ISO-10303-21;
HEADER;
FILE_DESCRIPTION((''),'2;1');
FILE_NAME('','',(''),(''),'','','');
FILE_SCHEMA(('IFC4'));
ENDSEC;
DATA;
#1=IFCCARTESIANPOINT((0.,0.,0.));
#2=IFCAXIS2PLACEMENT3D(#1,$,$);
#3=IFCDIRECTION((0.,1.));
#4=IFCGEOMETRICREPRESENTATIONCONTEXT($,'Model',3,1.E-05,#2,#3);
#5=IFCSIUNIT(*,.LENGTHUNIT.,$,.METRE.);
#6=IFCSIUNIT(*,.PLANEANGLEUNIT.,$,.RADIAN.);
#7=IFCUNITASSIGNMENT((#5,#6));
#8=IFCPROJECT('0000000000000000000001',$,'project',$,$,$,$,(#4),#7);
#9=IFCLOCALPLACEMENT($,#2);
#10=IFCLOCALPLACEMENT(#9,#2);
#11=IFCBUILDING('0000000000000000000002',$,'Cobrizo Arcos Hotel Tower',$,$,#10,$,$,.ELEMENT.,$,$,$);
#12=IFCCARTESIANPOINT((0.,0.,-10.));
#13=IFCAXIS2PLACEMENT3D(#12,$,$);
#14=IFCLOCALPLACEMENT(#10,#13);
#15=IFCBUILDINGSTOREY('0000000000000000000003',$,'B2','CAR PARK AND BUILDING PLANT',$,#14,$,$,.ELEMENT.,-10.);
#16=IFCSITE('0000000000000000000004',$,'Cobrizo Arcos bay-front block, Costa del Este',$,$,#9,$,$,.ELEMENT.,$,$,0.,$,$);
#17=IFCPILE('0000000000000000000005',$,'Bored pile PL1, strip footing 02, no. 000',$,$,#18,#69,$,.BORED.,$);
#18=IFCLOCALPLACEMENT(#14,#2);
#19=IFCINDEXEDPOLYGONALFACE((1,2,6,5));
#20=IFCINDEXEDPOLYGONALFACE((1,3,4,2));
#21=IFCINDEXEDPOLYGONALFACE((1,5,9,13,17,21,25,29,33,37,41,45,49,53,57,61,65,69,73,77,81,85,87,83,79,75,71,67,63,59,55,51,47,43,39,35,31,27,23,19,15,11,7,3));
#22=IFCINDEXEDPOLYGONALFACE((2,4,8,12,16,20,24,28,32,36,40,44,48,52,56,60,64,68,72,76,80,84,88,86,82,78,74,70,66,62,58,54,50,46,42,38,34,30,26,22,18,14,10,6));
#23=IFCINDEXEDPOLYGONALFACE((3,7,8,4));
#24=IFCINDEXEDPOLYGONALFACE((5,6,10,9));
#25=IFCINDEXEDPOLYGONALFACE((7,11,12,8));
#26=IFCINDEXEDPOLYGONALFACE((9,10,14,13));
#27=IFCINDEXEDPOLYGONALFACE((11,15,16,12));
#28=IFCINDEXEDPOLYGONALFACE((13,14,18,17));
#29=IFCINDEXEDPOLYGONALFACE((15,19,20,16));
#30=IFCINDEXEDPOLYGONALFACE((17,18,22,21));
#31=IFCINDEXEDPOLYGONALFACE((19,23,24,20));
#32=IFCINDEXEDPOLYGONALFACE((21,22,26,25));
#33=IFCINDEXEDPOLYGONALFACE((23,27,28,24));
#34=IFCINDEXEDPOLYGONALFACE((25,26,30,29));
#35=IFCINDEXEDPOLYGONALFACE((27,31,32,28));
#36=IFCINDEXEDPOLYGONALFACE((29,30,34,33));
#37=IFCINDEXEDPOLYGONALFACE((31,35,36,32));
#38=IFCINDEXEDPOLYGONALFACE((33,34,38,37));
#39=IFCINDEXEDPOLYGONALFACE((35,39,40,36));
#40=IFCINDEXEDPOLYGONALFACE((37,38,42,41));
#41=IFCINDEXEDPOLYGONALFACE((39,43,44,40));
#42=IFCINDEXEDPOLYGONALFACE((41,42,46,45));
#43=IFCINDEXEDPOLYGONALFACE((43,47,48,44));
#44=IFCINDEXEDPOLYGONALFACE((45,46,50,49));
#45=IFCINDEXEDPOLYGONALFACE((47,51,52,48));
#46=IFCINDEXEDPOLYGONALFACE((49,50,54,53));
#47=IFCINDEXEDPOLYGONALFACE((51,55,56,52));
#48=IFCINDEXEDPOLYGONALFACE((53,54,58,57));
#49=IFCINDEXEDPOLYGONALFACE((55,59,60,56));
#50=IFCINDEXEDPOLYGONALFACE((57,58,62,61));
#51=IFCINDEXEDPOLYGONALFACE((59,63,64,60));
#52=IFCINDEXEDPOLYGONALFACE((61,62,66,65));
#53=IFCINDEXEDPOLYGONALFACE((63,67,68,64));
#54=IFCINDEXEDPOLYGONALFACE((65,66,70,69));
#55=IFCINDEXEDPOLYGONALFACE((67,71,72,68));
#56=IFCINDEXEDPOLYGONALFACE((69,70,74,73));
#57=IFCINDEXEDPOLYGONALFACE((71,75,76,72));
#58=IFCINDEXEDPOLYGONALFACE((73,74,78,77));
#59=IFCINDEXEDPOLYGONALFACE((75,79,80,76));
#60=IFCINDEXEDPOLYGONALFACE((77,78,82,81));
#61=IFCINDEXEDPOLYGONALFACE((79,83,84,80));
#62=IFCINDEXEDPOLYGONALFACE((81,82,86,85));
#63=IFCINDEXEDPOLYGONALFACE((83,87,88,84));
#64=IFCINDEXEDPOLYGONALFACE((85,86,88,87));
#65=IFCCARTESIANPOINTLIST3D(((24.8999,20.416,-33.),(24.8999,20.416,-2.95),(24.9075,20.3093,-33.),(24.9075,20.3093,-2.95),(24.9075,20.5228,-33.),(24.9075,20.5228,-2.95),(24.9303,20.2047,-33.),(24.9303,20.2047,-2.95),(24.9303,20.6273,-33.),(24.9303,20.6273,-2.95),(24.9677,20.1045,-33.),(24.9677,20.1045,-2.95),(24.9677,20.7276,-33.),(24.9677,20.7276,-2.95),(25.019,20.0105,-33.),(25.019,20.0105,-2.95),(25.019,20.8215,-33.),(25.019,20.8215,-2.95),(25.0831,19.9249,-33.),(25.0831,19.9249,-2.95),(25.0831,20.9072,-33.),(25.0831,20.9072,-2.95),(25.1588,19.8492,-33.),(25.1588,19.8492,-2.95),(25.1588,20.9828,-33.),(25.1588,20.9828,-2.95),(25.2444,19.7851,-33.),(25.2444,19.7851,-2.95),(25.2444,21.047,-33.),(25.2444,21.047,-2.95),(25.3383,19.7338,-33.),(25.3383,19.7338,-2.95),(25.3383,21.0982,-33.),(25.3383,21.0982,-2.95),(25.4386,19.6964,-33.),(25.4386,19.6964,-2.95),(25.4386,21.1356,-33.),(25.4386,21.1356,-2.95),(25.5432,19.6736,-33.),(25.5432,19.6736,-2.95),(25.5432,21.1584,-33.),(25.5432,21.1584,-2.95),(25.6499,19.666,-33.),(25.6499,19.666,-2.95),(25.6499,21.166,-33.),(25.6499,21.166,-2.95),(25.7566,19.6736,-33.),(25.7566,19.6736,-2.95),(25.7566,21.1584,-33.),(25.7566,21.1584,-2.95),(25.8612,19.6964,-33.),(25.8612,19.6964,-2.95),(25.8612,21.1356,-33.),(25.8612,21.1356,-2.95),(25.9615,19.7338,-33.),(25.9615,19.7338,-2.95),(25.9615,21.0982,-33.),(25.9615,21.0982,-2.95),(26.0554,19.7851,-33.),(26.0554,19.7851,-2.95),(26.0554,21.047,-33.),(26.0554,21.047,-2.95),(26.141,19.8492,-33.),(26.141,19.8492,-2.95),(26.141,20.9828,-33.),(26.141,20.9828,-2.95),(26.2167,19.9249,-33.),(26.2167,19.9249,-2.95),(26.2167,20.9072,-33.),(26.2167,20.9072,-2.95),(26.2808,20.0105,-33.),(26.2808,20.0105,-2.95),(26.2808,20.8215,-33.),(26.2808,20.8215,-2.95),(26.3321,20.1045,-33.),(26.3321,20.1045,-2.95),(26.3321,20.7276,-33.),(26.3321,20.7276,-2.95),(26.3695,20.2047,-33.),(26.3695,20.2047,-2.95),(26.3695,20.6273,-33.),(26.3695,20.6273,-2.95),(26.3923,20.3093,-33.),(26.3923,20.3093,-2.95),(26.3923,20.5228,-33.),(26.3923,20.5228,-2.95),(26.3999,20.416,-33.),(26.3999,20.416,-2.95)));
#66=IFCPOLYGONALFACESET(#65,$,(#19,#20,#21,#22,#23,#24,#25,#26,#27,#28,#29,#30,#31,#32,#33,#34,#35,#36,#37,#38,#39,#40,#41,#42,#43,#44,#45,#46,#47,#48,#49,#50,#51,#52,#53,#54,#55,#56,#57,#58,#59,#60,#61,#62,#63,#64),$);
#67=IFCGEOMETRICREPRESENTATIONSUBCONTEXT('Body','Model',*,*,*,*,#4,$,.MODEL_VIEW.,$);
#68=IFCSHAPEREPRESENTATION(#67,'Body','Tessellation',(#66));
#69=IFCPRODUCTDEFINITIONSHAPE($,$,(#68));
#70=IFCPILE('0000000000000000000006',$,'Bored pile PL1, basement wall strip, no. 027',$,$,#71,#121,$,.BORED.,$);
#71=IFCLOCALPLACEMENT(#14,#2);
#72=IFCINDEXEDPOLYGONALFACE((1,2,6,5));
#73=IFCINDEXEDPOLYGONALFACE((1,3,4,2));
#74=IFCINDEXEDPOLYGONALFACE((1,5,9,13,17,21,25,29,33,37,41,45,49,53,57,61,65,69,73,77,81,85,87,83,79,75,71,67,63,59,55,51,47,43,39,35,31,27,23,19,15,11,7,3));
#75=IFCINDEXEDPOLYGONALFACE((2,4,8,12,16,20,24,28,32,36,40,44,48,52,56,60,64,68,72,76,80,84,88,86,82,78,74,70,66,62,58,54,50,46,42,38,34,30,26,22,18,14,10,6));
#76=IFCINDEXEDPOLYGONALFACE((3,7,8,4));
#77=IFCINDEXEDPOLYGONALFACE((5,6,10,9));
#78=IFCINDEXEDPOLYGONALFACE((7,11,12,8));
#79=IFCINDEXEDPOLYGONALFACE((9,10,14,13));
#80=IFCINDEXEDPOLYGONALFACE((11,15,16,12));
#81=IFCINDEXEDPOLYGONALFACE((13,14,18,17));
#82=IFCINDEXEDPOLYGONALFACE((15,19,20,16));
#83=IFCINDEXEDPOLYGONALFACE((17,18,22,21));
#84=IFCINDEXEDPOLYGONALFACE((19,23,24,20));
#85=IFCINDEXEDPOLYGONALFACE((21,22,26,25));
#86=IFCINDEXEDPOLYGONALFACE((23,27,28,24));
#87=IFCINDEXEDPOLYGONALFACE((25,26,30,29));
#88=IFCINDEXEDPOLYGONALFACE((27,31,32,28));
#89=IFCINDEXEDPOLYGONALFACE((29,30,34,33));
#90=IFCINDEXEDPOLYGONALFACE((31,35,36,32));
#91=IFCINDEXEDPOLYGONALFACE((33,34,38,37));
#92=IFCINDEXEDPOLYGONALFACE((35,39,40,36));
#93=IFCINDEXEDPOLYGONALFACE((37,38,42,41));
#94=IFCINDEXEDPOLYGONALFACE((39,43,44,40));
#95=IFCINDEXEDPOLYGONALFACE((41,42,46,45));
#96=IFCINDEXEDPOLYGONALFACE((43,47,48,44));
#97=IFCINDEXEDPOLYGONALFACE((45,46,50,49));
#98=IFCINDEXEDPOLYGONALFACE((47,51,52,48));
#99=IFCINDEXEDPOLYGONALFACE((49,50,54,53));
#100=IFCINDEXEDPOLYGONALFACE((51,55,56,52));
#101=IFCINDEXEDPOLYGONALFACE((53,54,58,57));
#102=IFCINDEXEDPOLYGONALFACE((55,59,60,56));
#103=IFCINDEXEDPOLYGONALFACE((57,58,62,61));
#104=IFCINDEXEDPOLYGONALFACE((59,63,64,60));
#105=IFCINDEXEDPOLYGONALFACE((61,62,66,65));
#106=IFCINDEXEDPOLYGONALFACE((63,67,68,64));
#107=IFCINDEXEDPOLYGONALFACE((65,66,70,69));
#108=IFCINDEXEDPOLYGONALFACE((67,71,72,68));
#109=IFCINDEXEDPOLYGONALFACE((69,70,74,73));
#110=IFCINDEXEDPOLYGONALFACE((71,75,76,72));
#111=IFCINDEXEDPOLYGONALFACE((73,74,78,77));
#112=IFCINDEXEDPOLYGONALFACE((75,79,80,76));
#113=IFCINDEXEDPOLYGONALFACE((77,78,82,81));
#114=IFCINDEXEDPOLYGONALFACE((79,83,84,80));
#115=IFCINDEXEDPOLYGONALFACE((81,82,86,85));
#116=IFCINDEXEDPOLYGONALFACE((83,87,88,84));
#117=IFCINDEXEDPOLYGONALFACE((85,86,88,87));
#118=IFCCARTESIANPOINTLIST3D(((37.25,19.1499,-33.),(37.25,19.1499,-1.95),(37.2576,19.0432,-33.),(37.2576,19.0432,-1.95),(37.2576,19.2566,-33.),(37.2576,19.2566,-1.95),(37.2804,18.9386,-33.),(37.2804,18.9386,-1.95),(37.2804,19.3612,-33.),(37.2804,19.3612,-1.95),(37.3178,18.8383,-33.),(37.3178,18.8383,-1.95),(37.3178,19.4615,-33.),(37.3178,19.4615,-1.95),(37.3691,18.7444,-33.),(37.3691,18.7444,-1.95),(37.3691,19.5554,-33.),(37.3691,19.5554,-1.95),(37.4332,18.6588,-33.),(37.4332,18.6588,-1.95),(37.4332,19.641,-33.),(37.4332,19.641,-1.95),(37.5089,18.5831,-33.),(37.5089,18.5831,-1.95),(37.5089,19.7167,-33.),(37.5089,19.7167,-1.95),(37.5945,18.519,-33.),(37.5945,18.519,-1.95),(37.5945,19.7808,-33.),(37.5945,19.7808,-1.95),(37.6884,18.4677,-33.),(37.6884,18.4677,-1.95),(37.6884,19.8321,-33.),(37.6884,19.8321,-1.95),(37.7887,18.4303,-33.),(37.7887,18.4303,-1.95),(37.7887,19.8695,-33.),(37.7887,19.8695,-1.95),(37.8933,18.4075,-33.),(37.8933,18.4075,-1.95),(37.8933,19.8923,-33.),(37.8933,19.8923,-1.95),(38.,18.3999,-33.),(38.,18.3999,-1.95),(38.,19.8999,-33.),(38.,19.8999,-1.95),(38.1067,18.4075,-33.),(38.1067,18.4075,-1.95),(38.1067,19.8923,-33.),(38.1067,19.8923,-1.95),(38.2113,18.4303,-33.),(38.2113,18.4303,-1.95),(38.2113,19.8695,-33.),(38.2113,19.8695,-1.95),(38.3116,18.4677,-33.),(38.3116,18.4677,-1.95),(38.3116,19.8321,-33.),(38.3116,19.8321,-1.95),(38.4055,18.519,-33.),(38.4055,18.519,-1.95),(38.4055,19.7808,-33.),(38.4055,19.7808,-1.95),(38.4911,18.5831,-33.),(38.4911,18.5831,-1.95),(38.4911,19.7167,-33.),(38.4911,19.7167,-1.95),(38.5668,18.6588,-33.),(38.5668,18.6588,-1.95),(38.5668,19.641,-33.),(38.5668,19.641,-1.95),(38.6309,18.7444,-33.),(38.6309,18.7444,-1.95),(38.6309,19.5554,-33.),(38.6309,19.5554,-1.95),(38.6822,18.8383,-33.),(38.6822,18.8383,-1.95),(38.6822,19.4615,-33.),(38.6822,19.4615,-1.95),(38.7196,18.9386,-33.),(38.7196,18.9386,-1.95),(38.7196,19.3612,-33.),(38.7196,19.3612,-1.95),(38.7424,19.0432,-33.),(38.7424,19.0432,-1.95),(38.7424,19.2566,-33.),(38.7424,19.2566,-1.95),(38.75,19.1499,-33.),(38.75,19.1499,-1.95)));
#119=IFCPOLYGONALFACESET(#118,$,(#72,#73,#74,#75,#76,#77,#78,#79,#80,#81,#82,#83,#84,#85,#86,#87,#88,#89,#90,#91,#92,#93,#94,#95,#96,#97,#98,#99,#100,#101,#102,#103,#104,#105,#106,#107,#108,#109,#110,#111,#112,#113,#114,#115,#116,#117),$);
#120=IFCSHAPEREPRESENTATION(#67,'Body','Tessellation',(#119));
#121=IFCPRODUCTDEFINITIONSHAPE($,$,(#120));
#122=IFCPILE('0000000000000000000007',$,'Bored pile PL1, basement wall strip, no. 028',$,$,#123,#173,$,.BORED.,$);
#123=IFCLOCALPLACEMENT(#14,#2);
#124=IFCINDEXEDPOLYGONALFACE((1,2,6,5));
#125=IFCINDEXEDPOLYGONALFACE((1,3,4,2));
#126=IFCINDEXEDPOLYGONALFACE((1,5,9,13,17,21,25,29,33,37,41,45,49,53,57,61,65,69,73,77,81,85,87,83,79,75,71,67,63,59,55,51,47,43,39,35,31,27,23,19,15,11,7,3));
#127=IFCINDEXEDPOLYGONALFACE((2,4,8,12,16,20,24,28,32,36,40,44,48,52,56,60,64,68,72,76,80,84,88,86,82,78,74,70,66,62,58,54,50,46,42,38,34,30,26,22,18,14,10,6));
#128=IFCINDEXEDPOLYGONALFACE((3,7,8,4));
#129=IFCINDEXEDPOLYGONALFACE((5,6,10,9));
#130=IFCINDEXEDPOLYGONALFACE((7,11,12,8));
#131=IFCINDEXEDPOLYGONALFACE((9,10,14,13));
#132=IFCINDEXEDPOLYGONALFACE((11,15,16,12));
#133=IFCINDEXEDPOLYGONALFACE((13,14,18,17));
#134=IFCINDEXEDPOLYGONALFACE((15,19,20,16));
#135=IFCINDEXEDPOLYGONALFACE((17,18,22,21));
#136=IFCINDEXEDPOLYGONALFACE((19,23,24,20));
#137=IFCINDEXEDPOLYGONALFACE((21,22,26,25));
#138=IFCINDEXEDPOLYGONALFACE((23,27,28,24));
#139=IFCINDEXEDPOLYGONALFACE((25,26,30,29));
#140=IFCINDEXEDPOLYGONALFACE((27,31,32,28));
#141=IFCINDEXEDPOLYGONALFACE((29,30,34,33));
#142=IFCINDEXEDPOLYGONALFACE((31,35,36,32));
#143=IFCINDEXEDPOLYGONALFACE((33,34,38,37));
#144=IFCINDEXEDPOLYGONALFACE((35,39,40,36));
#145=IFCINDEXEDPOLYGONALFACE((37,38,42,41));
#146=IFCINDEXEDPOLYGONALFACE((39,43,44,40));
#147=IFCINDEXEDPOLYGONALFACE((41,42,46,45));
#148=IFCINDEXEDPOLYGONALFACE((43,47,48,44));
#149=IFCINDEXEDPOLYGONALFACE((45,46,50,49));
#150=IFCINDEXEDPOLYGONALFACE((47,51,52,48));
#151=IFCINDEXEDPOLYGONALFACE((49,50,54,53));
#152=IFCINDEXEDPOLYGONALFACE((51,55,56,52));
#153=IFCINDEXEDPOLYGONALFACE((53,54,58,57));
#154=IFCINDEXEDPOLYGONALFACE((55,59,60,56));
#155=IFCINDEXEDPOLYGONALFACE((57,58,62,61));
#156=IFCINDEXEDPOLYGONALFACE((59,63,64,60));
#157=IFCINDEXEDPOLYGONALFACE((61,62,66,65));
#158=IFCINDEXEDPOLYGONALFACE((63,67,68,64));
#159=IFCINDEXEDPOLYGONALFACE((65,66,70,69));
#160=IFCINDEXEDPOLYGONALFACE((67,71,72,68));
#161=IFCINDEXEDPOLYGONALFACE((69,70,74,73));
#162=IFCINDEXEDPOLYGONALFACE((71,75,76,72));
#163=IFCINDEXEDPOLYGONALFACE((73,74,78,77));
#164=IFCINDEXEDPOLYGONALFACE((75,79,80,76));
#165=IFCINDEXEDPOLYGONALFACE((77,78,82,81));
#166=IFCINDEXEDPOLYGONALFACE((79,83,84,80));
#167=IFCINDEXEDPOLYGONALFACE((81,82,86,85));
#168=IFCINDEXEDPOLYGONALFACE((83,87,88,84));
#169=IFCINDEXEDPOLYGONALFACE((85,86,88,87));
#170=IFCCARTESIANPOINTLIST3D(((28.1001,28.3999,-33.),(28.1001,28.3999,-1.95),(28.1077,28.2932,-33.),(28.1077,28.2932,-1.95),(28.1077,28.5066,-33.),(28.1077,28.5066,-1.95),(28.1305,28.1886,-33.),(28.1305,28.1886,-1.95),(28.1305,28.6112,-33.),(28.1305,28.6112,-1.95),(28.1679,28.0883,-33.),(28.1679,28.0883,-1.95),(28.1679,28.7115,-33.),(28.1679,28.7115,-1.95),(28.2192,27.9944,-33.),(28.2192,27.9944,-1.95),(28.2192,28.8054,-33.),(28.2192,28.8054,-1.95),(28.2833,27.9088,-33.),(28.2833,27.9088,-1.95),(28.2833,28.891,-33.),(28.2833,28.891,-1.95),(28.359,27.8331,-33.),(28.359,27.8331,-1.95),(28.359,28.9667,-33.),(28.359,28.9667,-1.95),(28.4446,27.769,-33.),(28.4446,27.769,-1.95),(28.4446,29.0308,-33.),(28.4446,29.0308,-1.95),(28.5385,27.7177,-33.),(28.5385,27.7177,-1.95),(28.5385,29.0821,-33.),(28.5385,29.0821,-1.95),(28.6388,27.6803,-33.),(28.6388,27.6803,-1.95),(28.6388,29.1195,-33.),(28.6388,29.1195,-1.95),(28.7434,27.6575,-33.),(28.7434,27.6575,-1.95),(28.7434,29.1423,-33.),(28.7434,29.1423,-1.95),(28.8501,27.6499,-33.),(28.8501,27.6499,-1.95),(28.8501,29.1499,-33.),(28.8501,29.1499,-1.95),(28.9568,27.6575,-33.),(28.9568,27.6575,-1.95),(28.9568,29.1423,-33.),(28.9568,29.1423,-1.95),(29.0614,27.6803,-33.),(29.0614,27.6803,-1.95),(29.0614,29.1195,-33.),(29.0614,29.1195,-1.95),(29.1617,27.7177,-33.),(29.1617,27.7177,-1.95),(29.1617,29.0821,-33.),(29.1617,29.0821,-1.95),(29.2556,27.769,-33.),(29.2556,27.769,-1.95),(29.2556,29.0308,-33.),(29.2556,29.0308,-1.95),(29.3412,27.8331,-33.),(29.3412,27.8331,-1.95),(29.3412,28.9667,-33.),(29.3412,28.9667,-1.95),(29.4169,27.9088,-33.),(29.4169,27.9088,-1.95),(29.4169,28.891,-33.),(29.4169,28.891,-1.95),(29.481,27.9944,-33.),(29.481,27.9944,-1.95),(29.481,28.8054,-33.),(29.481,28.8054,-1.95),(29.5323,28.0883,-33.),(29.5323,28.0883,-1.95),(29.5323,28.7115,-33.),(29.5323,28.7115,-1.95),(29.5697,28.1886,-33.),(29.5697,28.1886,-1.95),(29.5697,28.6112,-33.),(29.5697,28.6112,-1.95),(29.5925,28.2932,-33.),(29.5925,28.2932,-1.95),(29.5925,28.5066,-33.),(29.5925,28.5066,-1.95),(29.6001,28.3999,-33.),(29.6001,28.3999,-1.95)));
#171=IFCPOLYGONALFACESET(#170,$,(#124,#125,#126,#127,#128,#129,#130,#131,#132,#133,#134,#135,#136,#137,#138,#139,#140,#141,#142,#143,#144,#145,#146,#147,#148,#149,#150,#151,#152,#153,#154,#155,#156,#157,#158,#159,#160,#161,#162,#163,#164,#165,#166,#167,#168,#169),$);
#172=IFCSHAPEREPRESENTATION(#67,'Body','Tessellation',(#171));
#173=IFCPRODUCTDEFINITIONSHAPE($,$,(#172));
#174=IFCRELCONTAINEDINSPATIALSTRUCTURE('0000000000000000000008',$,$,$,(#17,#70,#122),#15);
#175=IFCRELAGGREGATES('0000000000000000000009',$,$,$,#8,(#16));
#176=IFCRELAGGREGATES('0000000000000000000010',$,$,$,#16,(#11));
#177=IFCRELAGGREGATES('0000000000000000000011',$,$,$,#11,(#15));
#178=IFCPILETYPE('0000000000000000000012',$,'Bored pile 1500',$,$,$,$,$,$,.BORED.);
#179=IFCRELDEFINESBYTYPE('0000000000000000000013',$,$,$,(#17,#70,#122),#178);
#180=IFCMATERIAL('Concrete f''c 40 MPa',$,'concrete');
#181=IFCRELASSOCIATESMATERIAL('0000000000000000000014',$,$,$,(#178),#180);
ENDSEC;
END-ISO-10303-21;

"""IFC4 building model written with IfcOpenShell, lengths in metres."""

from ifc_helpers import new_model, si_unit, direction, frame, origin, origin_2d, place, context, subcontext, project, spatial, circle, extrude, material, material_profile, profile_set, type_object, element, save


model = new_model("IFC4")

# Units and contexts
model_context = context("Model", 3, precision=1e-05, world=origin(), true_north=direction((0.0, 1.0)))
body_context = subcontext(model_context, "Body", "Model", "MODEL_VIEW")
ifc_project = project(units=[si_unit("LENGTHUNIT", "METRE"), si_unit("PLANEANGLEUNIT", "RADIAN")], contexts=[model_context])

# Site, building, storey
site_placement = place(None, origin())
site = spatial("IfcSite", under=ifc_project, at=site_placement, Name="Cobrizo Arcos bay-front block, Costa del Este", CompositionType="ELEMENT", RefElevation=0.0)
building_placement = place(site_placement, origin())
building = spatial("IfcBuilding", under=site, at=building_placement, Name="Cobrizo Arcos Hotel Tower", CompositionType="ELEMENT")
storey_placement = place(building_placement, frame((0.0, 0.0, -10.0)))
storey = spatial("IfcBuildingStorey", under=building, at=storey_placement, Name="B2", Description="CAR PARK AND BUILDING PLANT", CompositionType="ELEMENT", Elevation=-10.0)

# Piles
ifc_material_1 = material(Name="Concrete f'c 40 MPa", Category="concrete")
ifc_material_profile_1 = material_profile(ifc_material_1, circle(Radius=0.75, at=origin_2d()), Name="BORED PILE 1500")
ifc_profile_set_1 = profile_set([ifc_material_profile_1], Name="Concrete f'c 40 MPa")
pile_type = type_object("IfcPileType", Name="Bored pile 1500", PredefinedType="BORED", material=ifc_profile_set_1)
for number, where, z_axis, x_axis, name in (
    (1, (25.6499, 20.416, -2.95), (0.0, 0.0, -1.0), (1.0, 0.0, 0.0), "Bored pile PL1, strip footing 02, no. 000"),
):
    element("IfcPile", number, at=place(storey_placement, frame(where, z_axis=z_axis, x_axis=x_axis)), inside=storey, type_object=pile_type, Name=name, PredefinedType="BORED", context=body_context, shape_type="SweptSolid", body=[
        extrude(circle(Radius=0.75, at=origin_2d()), origin(), (0.0, 0.0, 1.0), 30.05),
    ])
for number, where, z_axis, x_axis, name in (
    (2, (38.0, 19.1499, -1.95), (0.0, 0.0, -1.0), (1.0, 0.0, 0.0), "Bored pile PL1, basement wall strip, no. 027"),
    (3, (28.8501, 28.3999, -1.95), (0.0, 0.0, -1.0), (1.0, 0.0, 0.0), "Bored pile PL1, basement wall strip, no. 028"),
):
    element("IfcPile", number, at=place(storey_placement, frame(where, z_axis=z_axis, x_axis=x_axis)), inside=storey, type_object=pile_type, Name=name, PredefinedType="BORED", context=body_context, shape_type="SweptSolid", body=[
        extrude(circle(Radius=0.75, at=origin_2d()), origin(), (0.0, 0.0, 1.0), 31.05),
    ])

save(model, "model.ifc")
